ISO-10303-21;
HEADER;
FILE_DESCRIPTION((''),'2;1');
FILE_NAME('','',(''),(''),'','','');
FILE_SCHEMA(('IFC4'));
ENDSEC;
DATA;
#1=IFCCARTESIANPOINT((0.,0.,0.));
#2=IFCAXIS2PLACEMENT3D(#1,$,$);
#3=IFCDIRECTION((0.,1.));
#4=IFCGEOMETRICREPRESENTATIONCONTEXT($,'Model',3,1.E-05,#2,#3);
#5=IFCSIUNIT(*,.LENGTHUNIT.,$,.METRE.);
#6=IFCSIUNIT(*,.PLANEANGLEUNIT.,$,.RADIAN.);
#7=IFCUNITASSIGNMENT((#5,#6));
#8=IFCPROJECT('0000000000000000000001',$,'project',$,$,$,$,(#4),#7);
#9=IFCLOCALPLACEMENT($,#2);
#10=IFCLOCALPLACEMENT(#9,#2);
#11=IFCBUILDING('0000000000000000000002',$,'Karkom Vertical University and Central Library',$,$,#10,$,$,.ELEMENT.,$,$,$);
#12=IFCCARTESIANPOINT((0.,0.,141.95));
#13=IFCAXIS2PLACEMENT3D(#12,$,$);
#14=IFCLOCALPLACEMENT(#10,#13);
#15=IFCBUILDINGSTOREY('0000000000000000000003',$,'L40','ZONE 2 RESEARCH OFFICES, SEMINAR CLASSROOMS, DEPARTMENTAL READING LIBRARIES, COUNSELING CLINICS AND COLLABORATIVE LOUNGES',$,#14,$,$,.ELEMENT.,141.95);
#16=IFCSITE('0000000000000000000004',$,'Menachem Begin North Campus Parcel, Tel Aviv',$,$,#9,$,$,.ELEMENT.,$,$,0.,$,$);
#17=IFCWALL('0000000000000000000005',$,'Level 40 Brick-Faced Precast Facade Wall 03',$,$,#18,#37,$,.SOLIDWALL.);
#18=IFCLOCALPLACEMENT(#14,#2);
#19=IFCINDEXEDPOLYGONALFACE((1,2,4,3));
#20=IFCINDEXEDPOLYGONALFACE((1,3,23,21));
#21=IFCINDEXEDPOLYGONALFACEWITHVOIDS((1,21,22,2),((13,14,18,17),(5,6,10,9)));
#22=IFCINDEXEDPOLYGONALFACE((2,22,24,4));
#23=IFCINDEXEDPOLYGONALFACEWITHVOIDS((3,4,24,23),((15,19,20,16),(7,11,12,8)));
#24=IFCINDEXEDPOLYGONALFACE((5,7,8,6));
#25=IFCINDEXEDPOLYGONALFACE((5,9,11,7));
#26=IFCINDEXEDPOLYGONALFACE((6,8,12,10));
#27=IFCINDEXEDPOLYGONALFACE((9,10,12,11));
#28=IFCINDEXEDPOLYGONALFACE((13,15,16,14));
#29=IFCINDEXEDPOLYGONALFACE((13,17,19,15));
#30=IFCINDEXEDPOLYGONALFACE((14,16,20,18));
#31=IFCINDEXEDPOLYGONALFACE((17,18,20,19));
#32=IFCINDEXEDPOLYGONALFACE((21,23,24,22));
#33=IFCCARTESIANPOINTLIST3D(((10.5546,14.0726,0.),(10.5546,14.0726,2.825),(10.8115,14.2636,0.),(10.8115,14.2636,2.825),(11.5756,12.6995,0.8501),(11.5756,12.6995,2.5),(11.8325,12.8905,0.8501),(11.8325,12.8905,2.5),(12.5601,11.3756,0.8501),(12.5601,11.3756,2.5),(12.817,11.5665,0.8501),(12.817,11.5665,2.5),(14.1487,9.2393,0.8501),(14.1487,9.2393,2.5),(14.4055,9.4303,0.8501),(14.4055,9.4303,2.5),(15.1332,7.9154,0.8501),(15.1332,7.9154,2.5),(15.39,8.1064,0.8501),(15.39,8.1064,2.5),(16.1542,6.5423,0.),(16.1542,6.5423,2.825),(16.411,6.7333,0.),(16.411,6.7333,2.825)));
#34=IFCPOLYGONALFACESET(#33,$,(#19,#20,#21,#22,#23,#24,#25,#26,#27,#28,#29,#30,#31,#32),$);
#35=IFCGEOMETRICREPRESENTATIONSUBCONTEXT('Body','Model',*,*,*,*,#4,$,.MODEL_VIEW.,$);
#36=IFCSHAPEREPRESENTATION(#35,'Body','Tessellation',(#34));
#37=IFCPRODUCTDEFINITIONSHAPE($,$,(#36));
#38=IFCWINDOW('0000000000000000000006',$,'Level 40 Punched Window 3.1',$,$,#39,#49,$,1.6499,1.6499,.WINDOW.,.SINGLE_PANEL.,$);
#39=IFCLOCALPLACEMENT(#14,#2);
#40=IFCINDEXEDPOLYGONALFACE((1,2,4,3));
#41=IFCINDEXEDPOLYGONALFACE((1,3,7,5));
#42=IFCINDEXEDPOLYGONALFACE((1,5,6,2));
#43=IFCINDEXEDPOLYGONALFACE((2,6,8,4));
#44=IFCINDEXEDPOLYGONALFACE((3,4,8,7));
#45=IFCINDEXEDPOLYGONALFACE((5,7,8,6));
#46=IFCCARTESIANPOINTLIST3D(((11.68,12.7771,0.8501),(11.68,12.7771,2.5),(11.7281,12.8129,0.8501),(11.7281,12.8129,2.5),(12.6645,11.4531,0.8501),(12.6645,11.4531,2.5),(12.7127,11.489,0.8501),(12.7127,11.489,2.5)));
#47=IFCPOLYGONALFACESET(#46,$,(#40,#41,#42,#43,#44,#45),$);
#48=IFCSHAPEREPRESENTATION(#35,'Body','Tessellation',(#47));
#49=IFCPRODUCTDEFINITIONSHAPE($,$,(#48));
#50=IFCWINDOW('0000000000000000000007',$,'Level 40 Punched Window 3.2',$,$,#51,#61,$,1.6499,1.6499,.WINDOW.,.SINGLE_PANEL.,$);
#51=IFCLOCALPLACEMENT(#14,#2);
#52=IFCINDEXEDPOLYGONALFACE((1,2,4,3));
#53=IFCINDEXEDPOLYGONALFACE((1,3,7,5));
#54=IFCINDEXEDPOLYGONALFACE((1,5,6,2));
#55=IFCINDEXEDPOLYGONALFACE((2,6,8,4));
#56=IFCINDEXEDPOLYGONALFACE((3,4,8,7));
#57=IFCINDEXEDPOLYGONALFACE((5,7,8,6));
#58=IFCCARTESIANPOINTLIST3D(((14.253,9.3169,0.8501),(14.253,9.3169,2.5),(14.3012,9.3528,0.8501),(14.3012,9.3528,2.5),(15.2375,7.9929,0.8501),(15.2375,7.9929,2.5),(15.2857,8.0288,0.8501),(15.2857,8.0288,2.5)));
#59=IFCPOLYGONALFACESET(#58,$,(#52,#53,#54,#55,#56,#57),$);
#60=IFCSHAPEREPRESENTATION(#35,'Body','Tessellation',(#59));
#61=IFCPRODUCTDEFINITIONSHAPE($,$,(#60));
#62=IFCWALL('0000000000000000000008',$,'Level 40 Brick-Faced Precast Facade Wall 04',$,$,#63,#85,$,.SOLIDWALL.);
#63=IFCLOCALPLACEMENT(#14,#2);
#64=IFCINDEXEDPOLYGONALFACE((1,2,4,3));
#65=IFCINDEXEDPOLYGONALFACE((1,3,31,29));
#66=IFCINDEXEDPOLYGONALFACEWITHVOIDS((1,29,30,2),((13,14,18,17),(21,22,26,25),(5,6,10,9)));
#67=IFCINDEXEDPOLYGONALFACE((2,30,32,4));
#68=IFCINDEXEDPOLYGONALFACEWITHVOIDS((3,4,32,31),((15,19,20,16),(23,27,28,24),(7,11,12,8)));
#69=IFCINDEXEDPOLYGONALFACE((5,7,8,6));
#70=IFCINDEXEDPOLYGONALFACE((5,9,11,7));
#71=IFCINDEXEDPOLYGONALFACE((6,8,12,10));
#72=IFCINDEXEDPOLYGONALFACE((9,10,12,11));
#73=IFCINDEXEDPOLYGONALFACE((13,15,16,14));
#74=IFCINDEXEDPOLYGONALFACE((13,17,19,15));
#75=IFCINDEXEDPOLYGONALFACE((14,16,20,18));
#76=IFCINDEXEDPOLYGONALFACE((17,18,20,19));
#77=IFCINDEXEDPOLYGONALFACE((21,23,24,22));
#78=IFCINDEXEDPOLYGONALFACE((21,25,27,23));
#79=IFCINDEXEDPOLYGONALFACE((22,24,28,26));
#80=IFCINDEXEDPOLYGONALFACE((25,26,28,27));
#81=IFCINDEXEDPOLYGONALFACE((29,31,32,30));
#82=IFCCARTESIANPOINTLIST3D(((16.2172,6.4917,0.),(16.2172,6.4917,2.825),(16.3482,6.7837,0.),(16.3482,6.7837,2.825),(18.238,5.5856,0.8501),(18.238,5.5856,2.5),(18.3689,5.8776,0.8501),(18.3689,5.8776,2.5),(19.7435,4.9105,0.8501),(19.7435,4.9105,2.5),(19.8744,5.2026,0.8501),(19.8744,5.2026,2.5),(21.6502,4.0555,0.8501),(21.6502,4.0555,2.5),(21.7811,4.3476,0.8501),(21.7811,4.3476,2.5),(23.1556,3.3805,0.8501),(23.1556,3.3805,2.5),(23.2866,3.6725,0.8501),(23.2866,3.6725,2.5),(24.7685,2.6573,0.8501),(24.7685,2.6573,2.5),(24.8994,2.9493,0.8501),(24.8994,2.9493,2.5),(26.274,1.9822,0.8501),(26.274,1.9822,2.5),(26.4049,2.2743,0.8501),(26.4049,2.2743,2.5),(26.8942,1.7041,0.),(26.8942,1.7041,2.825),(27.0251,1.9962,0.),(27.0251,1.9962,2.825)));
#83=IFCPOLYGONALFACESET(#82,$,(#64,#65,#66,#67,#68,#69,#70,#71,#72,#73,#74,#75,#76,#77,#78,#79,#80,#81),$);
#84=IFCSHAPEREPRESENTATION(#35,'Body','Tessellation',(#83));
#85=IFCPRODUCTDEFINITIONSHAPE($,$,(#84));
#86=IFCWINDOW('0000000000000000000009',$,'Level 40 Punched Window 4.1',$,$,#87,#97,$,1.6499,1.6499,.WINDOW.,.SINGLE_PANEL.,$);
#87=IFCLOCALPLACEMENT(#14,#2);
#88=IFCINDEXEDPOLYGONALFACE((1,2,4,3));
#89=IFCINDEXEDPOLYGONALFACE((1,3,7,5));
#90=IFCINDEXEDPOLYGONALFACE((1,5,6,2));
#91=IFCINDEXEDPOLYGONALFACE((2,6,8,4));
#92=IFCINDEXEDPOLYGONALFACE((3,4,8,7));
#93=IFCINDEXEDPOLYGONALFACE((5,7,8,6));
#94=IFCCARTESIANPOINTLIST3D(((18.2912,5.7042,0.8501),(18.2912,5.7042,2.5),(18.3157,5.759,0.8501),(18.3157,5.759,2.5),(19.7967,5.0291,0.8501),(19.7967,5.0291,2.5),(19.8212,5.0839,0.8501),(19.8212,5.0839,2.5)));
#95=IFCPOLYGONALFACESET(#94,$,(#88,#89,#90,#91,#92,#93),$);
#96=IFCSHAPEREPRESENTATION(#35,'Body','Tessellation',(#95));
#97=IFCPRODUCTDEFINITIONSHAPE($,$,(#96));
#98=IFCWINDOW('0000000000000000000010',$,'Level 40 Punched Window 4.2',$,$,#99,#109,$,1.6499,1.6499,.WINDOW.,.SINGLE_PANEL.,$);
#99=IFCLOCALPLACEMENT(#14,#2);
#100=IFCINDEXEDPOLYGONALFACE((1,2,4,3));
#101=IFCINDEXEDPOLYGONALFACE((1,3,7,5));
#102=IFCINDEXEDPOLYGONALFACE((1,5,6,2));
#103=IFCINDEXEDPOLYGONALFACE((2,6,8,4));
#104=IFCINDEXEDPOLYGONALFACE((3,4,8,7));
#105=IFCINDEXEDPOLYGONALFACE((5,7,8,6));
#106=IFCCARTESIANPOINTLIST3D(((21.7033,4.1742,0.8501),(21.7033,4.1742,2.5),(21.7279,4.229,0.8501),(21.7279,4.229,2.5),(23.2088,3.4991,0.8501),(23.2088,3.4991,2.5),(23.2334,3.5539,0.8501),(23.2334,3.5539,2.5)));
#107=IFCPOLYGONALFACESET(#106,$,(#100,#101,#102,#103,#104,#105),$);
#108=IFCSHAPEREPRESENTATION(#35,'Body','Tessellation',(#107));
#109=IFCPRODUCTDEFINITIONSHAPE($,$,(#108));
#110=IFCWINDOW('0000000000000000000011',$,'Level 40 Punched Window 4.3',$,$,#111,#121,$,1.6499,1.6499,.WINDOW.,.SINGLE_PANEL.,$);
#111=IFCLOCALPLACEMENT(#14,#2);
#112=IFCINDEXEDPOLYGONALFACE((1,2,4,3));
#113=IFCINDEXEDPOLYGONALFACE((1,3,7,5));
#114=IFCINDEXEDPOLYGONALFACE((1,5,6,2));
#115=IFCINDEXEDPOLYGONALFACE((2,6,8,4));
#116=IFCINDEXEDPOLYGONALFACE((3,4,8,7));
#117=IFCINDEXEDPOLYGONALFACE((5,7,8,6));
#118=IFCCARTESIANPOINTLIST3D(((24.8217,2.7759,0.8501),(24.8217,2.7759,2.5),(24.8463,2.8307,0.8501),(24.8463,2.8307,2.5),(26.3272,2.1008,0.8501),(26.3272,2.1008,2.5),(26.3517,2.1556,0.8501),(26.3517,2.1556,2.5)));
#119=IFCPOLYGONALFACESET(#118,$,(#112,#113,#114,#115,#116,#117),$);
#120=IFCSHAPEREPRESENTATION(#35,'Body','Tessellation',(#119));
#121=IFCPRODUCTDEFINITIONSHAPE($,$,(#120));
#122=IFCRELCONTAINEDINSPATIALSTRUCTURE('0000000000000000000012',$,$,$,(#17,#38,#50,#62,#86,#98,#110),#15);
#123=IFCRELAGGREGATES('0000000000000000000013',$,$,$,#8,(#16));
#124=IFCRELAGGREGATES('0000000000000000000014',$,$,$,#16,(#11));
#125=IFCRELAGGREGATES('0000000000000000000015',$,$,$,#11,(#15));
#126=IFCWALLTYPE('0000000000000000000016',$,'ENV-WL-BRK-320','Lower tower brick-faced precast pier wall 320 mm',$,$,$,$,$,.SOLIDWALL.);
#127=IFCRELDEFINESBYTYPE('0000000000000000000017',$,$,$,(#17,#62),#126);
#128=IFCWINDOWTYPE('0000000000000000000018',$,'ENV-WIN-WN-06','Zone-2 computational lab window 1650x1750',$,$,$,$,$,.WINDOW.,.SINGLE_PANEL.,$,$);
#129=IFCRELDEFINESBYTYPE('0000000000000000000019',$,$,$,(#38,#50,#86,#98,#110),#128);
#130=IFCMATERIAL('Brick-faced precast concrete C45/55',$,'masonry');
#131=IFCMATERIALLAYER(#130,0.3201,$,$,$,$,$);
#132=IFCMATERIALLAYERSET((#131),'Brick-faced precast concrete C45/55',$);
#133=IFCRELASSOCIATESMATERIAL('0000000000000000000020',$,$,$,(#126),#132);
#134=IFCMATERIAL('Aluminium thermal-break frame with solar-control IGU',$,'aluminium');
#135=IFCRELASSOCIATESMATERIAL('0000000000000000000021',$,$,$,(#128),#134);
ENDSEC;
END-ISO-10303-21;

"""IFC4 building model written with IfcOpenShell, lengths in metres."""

from ifc_helpers import new_model, si_unit, direction, frame, frame_2d, origin, origin_with_axes, place, context, subcontext, project, spatial, rectangle, extrude, source, transform, mapped, material, layer, layer_set, type_object, element, fill, save


model = new_model("IFC4")

# Units and contexts
model_context = context("Model", 3, precision=1e-05, world=origin(), true_north=direction((0.0, 1.0)))
body_context = subcontext(model_context, "Body", "Model", "MODEL_VIEW")
ifc_project = project(units=[si_unit("LENGTHUNIT", "METRE"), si_unit("PLANEANGLEUNIT", "RADIAN")], contexts=[model_context])

# Site, building, storey
site_placement = place(None, origin())
site = spatial("IfcSite", under=ifc_project, at=site_placement, Name="Menachem Begin North Campus Parcel, Tel Aviv", CompositionType="ELEMENT", RefElevation=0.0)
building_placement = place(site_placement, origin())
building = spatial("IfcBuilding", under=site, at=building_placement, Name="Karkom Vertical University and Central Library", CompositionType="ELEMENT")
storey_placement = place(building_placement, frame((0.0, 0.0, 141.95)))
storey = spatial("IfcBuildingStorey", under=building, at=storey_placement, Name="L40", Description="ZONE 2 RESEARCH OFFICES, SEMINAR CLASSROOMS, DEPARTMENTAL READING LIBRARIES, COUNSELING CLINICS AND COLLABORATIVE LOUNGES", CompositionType="ELEMENT", Elevation=141.95)

# Walls, openings, windows
ifc_material_1 = material(Name="Brick-faced precast concrete C45/55", Category="masonry")
ifc_layer_1 = layer(ifc_material_1, 0.3201)
ifc_layer_set_1 = layer_set([ifc_layer_1], Name="Brick-faced precast concrete C45/55")
wall_type = type_object("IfcWallType", Name="ENV-WL-BRK-320", Description="Lower tower brick-faced precast pier wall 320 mm", PredefinedType="SOLIDWALL", material=ifc_layer_set_1)
wall_1_placement = place(storey_placement, frame((10.6831, 14.168, 0.0), z_axis=(0.0, 0.0, 1.0), x_axis=(0.596715, -0.802453, 0.0)))
wall_1 = element("IfcWall", 1, at=wall_1_placement, inside=storey, type_object=wall_type, Name="Level 40 Brick-Faced Precast Facade Wall 03", PredefinedType="SOLIDWALL", context=body_context, shape_type="SweptSolid", body=[
    extrude(rectangle(XDim=9.384, YDim=0.3201, at=frame_2d((4.6919, 0.0))), origin(), (0.0, 0.0, 1.0), 2.825),
])
opening_1_placement = place(wall_1_placement, frame((1.7109, 0.0, 0.8501)))
opening_1 = element("IfcOpeningElement", 2, at=opening_1_placement, cuts=wall_1, PredefinedType="OPENING", context=body_context, shape_type="SweptSolid", body=[
    extrude(rectangle(XDim=1.6499, YDim=1.6499, at=frame_2d((0.825, 0.825))), frame((0.0, 0.1699, 0.0), z_axis=(0.0, -1.0, 0.0), x_axis=(1.0, 0.0, 0.0)), (0.0, 0.0, 1.0), 0.3401),
])
opening_2_placement = place(wall_1_placement, frame((6.0229, 0.0, 0.8501)))
opening_2 = element("IfcOpeningElement", 3, at=opening_2_placement, cuts=wall_1, PredefinedType="OPENING", context=body_context, shape_type="SweptSolid", body=[
    extrude(rectangle(XDim=1.6499, YDim=1.6499, at=frame_2d((0.825, 0.825))), frame((0.0, 0.1699, 0.0), z_axis=(0.0, -1.0, 0.0), x_axis=(1.0, 0.0, 0.0)), (0.0, 0.0, 1.0), 0.3401),
])
ifc_material_2 = material(Name="Aluminium thermal-break frame with solar-control IGU", Category="aluminium")
window_type = type_object("IfcWindowType", Name="ENV-WIN-WN-06", Description="Zone-2 computational lab window 1650x1750", PartitioningType="SINGLE_PANEL", PredefinedType="WINDOW", material=ifc_material_2)
shared_shape_1 = source(origin_with_axes(), body_context, "Body", "SweptSolid", [
    extrude(rectangle(XDim=1.6499, YDim=1.6499, at=frame_2d((0.825, 0.825))), frame((0.0, 0.03, 0.0), z_axis=(0.0, -1.0, 0.0), x_axis=(1.0, 0.0, 0.0)), (0.0, 0.0, 1.0), 0.0601),
])
window_1_placement = place(opening_1_placement, origin())
window_1 = element("IfcWindow", 4, at=window_1_placement, inside=storey, type_object=window_type, Name="Level 40 Punched Window 3.1", OverallHeight=1.6499, OverallWidth=1.6499, PartitioningType="SINGLE_PANEL", PredefinedType="WINDOW", context=body_context, shape_type="MappedRepresentation", body=[
    mapped(shared_shape_1, transform((0.0, 0.0, 0.0), scale=1.0)),
])
fill(opening_1, window_1)
window_2_placement = place(opening_2_placement, origin())
window_2 = element("IfcWindow", 5, at=window_2_placement, inside=storey, type_object=window_type, Name="Level 40 Punched Window 3.2", OverallHeight=1.6499, OverallWidth=1.6499, PartitioningType="SINGLE_PANEL", PredefinedType="WINDOW", context=body_context, shape_type="MappedRepresentation", body=[
    mapped(shared_shape_1, transform((0.0, 0.0, 0.0), scale=1.0)),
])
fill(opening_2, window_2)
wall_2_placement = place(storey_placement, frame((16.2827, 6.6377, 0.0), z_axis=(0.0, 0.0, 1.0), x_axis=(0.912466, -0.409152, 0.0)))
wall_2 = element("IfcWall", 6, at=wall_2_placement, inside=storey, type_object=wall_type, Name="Level 40 Brick-Faced Precast Facade Wall 04", PredefinedType="SOLIDWALL", context=body_context, shape_type="SweptSolid", body=[
    extrude(rectangle(XDim=11.7012, YDim=0.3201, at=frame_2d((5.8506, 0.0))), origin(), (0.0, 0.0, 1.0), 2.825),
])
opening_3_placement = place(wall_2_placement, frame((2.2146, 0.0, 0.8501)))
opening_3 = element("IfcOpeningElement", 7, at=opening_3_placement, cuts=wall_2, PredefinedType="OPENING", context=body_context, shape_type="SweptSolid", body=[
    extrude(rectangle(XDim=1.6499, YDim=1.6499, at=frame_2d((0.825, 0.825))), frame((0.0, 0.1699, 0.0), z_axis=(0.0, -1.0, 0.0), x_axis=(1.0, 0.0, 0.0)), (0.0, 0.0, 1.0), 0.3401),
])
opening_4_placement = place(wall_2_placement, frame((5.9541, 0.0, 0.8501)))
opening_4 = element("IfcOpeningElement", 8, at=opening_4_placement, cuts=wall_2, PredefinedType="OPENING", context=body_context, shape_type="SweptSolid", body=[
    extrude(rectangle(XDim=1.6499, YDim=1.6499, at=frame_2d((0.825, 0.825))), frame((0.0, 0.1699, 0.0), z_axis=(0.0, -1.0, 0.0), x_axis=(1.0, 0.0, 0.0)), (0.0, 0.0, 1.0), 0.3401),
])
opening_5_placement = place(wall_2_placement, frame((9.3716, 0.0, 0.8501)))
opening_5 = element("IfcOpeningElement", 9, at=opening_5_placement, cuts=wall_2, PredefinedType="OPENING", context=body_context, shape_type="SweptSolid", body=[
    extrude(rectangle(XDim=1.6499, YDim=1.6499, at=frame_2d((0.825, 0.825))), frame((0.0, 0.1699, 0.0), z_axis=(0.0, -1.0, 0.0), x_axis=(1.0, 0.0, 0.0)), (0.0, 0.0, 1.0), 0.3401),
])
window_3_placement = place(opening_3_placement, origin())
window_3 = element("IfcWindow", 10, at=window_3_placement, inside=storey, type_object=window_type, Name="Level 40 Punched Window 4.1", OverallHeight=1.6499, OverallWidth=1.6499, PartitioningType="SINGLE_PANEL", PredefinedType="WINDOW", context=body_context, shape_type="MappedRepresentation", body=[
    mapped(shared_shape_1, transform((0.0, 0.0, 0.0), scale=1.0)),
])
fill(opening_3, window_3)
window_4_placement = place(opening_4_placement, origin())
window_4 = element("IfcWindow", 11, at=window_4_placement, inside=storey, type_object=window_type, Name="Level 40 Punched Window 4.2", OverallHeight=1.6499, OverallWidth=1.6499, PartitioningType="SINGLE_PANEL", PredefinedType="WINDOW", context=body_context, shape_type="MappedRepresentation", body=[
    mapped(shared_shape_1, transform((0.0, 0.0, 0.0), scale=1.0)),
])
fill(opening_4, window_4)
window_5_placement = place(opening_5_placement, origin())
window_5 = element("IfcWindow", 12, at=window_5_placement, inside=storey, type_object=window_type, Name="Level 40 Punched Window 4.3", OverallHeight=1.6499, OverallWidth=1.6499, PartitioningType="SINGLE_PANEL", PredefinedType="WINDOW", context=body_context, shape_type="MappedRepresentation", body=[
    mapped(shared_shape_1, transform((0.0, 0.0, 0.0), scale=1.0)),
])
fill(opening_5, window_5)

save(model, "model.ifc")
